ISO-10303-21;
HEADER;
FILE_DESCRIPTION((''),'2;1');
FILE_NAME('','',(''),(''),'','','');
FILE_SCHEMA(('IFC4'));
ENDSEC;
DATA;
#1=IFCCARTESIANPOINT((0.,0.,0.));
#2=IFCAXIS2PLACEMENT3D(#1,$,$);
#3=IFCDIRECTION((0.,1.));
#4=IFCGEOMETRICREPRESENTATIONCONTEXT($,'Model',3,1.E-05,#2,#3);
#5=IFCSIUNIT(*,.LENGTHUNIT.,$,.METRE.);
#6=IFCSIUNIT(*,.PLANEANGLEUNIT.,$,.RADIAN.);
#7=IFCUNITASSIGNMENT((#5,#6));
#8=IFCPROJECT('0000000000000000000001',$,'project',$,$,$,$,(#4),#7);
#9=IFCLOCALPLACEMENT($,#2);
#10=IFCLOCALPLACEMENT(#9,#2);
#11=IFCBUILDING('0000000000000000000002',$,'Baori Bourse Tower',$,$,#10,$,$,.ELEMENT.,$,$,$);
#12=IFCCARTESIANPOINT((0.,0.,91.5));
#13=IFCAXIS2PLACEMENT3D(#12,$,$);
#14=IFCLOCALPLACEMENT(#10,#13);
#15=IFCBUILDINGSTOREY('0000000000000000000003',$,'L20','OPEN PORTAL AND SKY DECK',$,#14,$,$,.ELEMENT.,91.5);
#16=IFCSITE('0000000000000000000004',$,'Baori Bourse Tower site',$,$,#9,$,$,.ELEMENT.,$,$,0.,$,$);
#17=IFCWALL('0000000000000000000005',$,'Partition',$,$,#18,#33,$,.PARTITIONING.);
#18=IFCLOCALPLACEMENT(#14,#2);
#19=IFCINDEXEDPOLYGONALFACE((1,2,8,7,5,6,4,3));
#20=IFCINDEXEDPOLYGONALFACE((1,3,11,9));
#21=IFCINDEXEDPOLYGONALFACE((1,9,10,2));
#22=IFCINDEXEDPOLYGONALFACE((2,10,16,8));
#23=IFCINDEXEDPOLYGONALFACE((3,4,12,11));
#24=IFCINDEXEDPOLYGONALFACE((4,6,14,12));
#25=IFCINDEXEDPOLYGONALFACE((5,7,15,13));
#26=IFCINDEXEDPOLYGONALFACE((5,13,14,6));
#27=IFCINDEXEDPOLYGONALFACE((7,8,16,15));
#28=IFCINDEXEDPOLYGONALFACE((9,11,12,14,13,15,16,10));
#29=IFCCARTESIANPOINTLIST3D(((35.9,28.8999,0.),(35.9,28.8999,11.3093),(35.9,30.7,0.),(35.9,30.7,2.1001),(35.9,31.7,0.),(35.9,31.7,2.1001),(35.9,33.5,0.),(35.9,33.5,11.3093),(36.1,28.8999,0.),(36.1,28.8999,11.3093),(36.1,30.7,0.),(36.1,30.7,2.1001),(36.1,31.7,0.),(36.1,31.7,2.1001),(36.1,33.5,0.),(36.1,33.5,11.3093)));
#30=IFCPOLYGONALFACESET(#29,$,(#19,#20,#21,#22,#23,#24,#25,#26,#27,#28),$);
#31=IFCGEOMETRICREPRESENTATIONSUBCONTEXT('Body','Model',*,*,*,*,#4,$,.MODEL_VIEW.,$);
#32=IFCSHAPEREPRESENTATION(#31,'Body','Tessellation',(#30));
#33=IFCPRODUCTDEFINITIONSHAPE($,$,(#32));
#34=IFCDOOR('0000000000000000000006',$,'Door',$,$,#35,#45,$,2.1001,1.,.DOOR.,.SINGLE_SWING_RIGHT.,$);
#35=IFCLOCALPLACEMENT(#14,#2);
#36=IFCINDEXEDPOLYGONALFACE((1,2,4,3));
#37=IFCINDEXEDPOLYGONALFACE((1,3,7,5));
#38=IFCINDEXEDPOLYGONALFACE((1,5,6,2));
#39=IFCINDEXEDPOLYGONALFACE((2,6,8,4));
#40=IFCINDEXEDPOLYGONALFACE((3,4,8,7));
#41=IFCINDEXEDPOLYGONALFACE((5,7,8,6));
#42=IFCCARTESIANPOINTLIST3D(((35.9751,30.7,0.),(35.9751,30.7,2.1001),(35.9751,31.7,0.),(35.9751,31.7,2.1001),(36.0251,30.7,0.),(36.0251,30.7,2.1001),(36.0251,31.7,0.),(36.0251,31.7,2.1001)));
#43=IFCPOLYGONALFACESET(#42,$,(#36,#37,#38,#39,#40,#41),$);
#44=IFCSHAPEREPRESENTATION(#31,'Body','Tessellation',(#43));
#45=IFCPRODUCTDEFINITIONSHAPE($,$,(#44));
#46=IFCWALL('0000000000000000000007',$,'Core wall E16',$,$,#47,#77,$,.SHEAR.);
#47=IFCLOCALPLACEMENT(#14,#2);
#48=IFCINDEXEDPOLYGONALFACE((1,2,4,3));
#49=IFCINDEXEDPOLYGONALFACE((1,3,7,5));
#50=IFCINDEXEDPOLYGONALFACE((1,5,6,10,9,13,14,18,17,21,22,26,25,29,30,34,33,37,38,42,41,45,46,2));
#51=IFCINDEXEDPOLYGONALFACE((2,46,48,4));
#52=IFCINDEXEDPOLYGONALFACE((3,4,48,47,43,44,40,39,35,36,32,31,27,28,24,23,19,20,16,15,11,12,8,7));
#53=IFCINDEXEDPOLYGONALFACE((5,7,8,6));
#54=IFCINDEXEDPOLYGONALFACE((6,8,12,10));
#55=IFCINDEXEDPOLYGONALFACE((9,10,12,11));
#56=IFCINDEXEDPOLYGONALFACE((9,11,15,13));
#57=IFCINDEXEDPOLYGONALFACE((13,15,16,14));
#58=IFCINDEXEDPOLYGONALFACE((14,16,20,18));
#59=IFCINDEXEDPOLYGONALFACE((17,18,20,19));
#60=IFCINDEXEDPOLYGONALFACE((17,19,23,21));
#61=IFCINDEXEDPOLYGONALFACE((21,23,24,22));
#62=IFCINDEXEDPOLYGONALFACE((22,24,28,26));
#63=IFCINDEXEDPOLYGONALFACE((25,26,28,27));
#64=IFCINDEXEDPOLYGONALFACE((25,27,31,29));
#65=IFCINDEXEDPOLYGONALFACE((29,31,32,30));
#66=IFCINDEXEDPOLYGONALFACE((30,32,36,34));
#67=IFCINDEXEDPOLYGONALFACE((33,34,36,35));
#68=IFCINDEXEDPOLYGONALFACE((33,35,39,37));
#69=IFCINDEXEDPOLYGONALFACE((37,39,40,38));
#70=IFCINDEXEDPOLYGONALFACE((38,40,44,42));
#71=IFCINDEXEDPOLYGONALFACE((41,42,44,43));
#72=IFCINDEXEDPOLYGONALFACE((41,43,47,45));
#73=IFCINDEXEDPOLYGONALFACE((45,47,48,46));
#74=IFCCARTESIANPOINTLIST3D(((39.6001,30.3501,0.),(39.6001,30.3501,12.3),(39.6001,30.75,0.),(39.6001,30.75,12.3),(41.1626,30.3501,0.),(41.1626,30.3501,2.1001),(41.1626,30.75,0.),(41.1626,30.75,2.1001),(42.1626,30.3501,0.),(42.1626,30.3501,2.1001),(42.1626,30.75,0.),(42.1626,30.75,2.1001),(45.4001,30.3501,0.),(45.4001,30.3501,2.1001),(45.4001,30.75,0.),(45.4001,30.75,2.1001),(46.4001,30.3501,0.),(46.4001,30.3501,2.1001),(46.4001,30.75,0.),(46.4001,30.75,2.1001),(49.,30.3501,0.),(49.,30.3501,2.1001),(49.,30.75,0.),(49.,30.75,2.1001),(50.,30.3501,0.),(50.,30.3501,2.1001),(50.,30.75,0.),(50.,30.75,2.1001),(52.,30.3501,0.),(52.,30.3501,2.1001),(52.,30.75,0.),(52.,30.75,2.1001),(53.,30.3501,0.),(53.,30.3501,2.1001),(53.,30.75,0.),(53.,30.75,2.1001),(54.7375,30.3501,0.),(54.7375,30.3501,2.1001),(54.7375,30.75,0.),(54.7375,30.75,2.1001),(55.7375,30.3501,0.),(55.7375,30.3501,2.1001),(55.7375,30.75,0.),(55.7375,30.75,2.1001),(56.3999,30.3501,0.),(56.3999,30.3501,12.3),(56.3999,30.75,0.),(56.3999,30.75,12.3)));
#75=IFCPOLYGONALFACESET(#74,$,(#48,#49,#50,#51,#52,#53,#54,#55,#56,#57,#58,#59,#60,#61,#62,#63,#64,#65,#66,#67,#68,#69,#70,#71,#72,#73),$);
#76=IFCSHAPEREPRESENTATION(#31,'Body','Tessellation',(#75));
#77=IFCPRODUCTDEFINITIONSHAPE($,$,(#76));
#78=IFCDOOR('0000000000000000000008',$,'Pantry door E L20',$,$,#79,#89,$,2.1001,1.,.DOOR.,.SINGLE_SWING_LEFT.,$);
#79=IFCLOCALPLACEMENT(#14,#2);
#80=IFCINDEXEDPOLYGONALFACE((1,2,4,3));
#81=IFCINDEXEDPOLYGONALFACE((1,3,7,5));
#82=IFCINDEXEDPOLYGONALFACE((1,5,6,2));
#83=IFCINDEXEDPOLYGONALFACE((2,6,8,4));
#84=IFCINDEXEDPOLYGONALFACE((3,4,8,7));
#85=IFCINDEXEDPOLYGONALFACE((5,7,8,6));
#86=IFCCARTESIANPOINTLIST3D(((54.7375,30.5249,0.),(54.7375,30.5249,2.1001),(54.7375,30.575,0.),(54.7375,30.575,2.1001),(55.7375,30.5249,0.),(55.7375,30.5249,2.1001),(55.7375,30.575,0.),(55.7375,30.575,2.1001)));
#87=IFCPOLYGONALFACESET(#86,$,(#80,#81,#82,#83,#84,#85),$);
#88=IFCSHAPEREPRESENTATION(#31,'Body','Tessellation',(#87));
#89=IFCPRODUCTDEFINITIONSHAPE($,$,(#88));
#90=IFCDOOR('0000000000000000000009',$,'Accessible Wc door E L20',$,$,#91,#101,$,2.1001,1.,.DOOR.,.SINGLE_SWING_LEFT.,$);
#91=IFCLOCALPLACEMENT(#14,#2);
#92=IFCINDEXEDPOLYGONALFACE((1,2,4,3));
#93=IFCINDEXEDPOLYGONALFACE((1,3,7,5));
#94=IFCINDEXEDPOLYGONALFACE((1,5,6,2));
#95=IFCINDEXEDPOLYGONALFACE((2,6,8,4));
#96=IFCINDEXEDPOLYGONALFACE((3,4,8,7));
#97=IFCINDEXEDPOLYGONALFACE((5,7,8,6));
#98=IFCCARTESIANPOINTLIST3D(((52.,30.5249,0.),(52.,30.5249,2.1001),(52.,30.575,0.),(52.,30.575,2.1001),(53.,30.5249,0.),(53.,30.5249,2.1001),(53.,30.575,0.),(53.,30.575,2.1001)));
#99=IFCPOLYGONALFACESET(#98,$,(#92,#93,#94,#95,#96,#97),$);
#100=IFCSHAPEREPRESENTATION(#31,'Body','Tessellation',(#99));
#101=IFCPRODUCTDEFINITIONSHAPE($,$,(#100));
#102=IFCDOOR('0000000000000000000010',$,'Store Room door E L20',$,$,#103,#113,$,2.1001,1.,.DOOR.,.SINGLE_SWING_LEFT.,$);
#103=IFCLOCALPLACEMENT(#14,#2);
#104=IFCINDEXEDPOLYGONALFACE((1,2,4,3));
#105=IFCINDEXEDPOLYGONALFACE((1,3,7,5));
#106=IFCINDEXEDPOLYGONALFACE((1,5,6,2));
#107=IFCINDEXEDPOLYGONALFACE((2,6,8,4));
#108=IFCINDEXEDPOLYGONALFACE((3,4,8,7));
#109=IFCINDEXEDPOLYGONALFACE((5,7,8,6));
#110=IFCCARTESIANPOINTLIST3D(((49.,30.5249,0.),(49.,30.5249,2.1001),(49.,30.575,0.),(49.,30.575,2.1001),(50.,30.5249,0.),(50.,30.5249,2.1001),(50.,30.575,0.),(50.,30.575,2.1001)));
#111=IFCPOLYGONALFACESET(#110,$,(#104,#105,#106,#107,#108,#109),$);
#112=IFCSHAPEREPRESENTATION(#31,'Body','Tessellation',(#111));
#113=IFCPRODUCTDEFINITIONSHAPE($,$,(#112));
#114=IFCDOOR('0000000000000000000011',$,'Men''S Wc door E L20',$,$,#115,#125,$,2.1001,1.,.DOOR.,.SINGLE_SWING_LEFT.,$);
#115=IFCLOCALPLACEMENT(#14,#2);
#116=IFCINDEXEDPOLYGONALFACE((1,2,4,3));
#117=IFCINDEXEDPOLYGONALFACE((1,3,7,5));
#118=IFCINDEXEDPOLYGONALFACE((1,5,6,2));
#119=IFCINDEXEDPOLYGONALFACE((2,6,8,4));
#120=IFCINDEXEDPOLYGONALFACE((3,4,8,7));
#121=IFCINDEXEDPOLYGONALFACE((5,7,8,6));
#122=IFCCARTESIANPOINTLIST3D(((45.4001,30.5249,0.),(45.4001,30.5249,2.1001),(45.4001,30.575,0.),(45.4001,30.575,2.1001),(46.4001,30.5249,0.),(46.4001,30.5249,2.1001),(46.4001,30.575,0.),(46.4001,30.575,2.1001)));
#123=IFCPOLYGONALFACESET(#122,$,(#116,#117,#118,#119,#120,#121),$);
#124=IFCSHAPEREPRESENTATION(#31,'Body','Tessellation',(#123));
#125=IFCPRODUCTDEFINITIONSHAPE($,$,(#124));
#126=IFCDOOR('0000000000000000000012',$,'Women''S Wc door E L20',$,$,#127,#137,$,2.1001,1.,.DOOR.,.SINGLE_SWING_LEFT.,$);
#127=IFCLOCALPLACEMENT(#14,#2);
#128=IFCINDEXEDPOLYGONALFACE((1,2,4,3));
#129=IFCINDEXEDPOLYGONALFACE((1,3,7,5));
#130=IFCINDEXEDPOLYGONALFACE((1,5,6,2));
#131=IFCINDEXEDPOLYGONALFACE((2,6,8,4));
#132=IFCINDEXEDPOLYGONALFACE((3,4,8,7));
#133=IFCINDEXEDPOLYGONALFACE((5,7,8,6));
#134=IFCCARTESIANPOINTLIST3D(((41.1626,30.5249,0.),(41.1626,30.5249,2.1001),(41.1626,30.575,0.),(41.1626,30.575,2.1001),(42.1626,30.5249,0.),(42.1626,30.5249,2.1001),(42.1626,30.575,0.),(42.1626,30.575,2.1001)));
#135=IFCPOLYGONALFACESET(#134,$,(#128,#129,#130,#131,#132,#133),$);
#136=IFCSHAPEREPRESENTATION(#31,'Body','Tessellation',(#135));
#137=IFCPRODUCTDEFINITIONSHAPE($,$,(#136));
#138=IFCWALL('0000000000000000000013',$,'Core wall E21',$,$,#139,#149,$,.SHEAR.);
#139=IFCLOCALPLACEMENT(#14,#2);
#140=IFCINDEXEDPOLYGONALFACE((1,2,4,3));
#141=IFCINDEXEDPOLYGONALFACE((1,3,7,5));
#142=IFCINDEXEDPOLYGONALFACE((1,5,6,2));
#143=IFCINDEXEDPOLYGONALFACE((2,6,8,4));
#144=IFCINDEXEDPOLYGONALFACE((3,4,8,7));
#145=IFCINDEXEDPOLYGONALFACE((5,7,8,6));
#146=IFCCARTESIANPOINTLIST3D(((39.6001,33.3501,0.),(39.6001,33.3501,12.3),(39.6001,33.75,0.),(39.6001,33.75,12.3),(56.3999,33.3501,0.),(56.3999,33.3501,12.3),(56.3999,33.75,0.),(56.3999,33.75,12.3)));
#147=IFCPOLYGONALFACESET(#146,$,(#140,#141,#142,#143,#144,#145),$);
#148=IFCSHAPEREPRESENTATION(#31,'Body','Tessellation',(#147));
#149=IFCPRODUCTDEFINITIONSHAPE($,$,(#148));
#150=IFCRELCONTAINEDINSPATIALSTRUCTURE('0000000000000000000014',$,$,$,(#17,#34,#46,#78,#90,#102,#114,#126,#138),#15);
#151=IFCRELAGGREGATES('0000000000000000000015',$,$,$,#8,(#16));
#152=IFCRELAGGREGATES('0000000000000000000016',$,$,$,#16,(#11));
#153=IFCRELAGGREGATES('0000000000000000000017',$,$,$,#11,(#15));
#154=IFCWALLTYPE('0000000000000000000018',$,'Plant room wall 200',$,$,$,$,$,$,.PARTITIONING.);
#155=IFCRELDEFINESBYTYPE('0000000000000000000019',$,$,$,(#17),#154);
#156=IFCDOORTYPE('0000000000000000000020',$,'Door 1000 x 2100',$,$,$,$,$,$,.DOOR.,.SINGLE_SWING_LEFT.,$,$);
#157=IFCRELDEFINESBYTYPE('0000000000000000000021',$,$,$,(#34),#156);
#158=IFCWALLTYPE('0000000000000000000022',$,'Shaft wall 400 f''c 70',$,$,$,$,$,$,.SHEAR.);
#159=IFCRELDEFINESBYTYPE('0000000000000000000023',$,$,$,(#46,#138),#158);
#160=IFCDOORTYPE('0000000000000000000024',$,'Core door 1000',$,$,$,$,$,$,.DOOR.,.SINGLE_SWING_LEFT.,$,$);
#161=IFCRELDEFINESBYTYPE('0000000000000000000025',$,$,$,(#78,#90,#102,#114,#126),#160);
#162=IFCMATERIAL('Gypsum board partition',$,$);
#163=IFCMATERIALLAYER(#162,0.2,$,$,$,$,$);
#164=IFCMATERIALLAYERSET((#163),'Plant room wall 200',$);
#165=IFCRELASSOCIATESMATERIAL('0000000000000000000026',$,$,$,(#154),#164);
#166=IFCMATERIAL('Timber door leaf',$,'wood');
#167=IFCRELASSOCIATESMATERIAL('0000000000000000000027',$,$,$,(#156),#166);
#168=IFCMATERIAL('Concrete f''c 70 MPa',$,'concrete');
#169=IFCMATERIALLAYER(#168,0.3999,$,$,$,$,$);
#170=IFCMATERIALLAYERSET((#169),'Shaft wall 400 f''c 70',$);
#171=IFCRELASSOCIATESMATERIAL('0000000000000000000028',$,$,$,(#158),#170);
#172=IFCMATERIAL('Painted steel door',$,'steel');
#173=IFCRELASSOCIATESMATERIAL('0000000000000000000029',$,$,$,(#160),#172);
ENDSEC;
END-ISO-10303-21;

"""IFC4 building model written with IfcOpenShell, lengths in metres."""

from ifc_helpers import new_model, si_unit, direction, frame, frame_2d, origin, place, context, subcontext, project, spatial, rectangle, extrude, material, layer, layer_set, type_object, element, fill, save


model = new_model("IFC4")

# Units and contexts
model_context = context("Model", 3, precision=1e-05, world=origin(), true_north=direction((0.0, 1.0)))
body_context = subcontext(model_context, "Body", "Model", "MODEL_VIEW")
ifc_project = project(units=[si_unit("LENGTHUNIT", "METRE"), si_unit("PLANEANGLEUNIT", "RADIAN")], contexts=[model_context])

# Site, building, storey
site_placement = place(None, origin())
site = spatial("IfcSite", under=ifc_project, at=site_placement, Name="Baori Bourse Tower site", CompositionType="ELEMENT", RefElevation=0.0)
building_placement = place(site_placement, origin())
building = spatial("IfcBuilding", under=site, at=building_placement, Name="Baori Bourse Tower", CompositionType="ELEMENT")
storey_placement = place(building_placement, frame((0.0, 0.0, 91.5)))
storey = spatial("IfcBuildingStorey", under=building, at=storey_placement, Name="L20", Description="OPEN PORTAL AND SKY DECK", CompositionType="ELEMENT", Elevation=91.5)

# Shared definitions
ifc_material_1 = material(Name="Gypsum board partition")
ifc_layer_1 = layer(ifc_material_1, 0.2)
ifc_layer_set_1 = layer_set([ifc_layer_1], Name="Plant room wall 200")
wall_type_1 = type_object("IfcWallType", Name="Plant room wall 200", PredefinedType="PARTITIONING", material=ifc_layer_set_1)

# Wall, opening, door
wall_1_placement = place(storey_placement, frame((36.0, 28.8999, 0.0), z_axis=(0.0, 0.0, 1.0), x_axis=(0.0, 1.0, 0.0)))
wall_1 = element("IfcWall", 1, at=wall_1_placement, inside=storey, type_object=wall_type_1, Name="Partition", PredefinedType="PARTITIONING", context=body_context, shape_type="SweptSolid", body=[
    extrude(rectangle(XDim=4.6001, YDim=0.2, at=frame_2d((2.3, 0.0))), origin(), (0.0, 0.0, 1.0), 11.3093),
])
opening_1_placement = place(wall_1_placement, frame((1.8, 0.0, 0.0)))
opening_1 = element("IfcOpeningElement", 2, at=opening_1_placement, cuts=wall_1, PredefinedType="OPENING", context=body_context, shape_type="SweptSolid", body=[
    extrude(rectangle(XDim=1.0, YDim=2.1001, at=frame_2d((0.5, 1.05))), frame((0.0, 0.1099, 0.0), z_axis=(0.0, -1.0, 0.0), x_axis=(1.0, 0.0, 0.0)), (0.0, 0.0, 1.0), 0.22),
])
ifc_material_2 = material(Name="Timber door leaf", Category="wood")
door_type_1 = type_object("IfcDoorType", Name="Door 1000 x 2100", OperationType="SINGLE_SWING_LEFT", PredefinedType="DOOR", material=ifc_material_2)
door_1_placement = place(opening_1_placement, origin())
door_1 = element("IfcDoor", 3, at=door_1_placement, inside=storey, type_object=door_type_1, Name="Door", OperationType="SINGLE_SWING_RIGHT", OverallHeight=2.1001, OverallWidth=1.0, PredefinedType="DOOR", context=body_context, shape_type="SweptSolid", body=[
    extrude(rectangle(XDim=1.0, YDim=2.1001, at=frame_2d((0.5, 1.05))), frame((0.0, 0.0249, 0.0), z_axis=(0.0, -1.0, 0.0), x_axis=(1.0, 0.0, 0.0)), (0.0, 0.0, 1.0), 0.05),
])
fill(opening_1, door_1)

# Wall, openings, doors
ifc_material_3 = material(Name="Concrete f'c 70 MPa", Category="concrete")
ifc_layer_2 = layer(ifc_material_3, 0.3999)
ifc_layer_set_2 = layer_set([ifc_layer_2], Name="Shaft wall 400 f'c 70")
wall_type_2 = type_object("IfcWallType", Name="Shaft wall 400 f'c 70", PredefinedType="SHEAR", material=ifc_layer_set_2)
wall_2_placement = place(storey_placement, frame((39.6001, 30.55, 0.0), z_axis=(0.0, 0.0, 1.0), x_axis=(1.0, 0.0, 0.0)))
wall_2 = element("IfcWall", 4, at=wall_2_placement, inside=storey, type_object=wall_type_2, Name="Core wall E16", PredefinedType="SHEAR", context=body_context, shape_type="SweptSolid", body=[
    extrude(rectangle(XDim=16.7998, YDim=0.3999, at=frame_2d((8.3999, 0.0))), origin(), (0.0, 0.0, 1.0), 12.3),
])
opening_2_placement = place(wall_2_placement, frame((15.1375, 0.0, 0.0)))
opening_2 = element("IfcOpeningElement", 5, at=opening_2_placement, cuts=wall_2, PredefinedType="OPENING", context=body_context, shape_type="SweptSolid", body=[
    extrude(rectangle(XDim=1.0, YDim=2.1001, at=frame_2d((0.5, 1.05))), frame((0.0, 0.21, 0.0), z_axis=(0.0, -1.0, 0.0), x_axis=(1.0, 0.0, 0.0)), (0.0, 0.0, 1.0), 0.4199),
])
opening_3_placement = place(wall_2_placement, frame((12.3999, 0.0, 0.0)))
opening_3 = element("IfcOpeningElement", 6, at=opening_3_placement, cuts=wall_2, PredefinedType="OPENING", context=body_context, shape_type="SweptSolid", body=[
    extrude(rectangle(XDim=1.0, YDim=2.1001, at=frame_2d((0.5, 1.05))), frame((0.0, 0.21, 0.0), z_axis=(0.0, -1.0, 0.0), x_axis=(1.0, 0.0, 0.0)), (0.0, 0.0, 1.0), 0.4199),
])
opening_4_placement = place(wall_2_placement, frame((9.3999, 0.0, 0.0)))
opening_4 = element("IfcOpeningElement", 7, at=opening_4_placement, cuts=wall_2, PredefinedType="OPENING", context=body_context, shape_type="SweptSolid", body=[
    extrude(rectangle(XDim=1.0, YDim=2.1001, at=frame_2d((0.5, 1.05))), frame((0.0, 0.21, 0.0), z_axis=(0.0, -1.0, 0.0), x_axis=(1.0, 0.0, 0.0)), (0.0, 0.0, 1.0), 0.4199),
])
opening_5_placement = place(wall_2_placement, frame((5.8, 0.0, 0.0)))
opening_5 = element("IfcOpeningElement", 8, at=opening_5_placement, cuts=wall_2, PredefinedType="OPENING", context=body_context, shape_type="SweptSolid", body=[
    extrude(rectangle(XDim=1.0, YDim=2.1001, at=frame_2d((0.5, 1.05))), frame((0.0, 0.21, 0.0), z_axis=(0.0, -1.0, 0.0), x_axis=(1.0, 0.0, 0.0)), (0.0, 0.0, 1.0), 0.4199),
])
opening_6_placement = place(wall_2_placement, frame((1.5625, 0.0, 0.0)))
opening_6 = element("IfcOpeningElement", 9, at=opening_6_placement, cuts=wall_2, PredefinedType="OPENING", context=body_context, shape_type="SweptSolid", body=[
    extrude(rectangle(XDim=1.0, YDim=2.1001, at=frame_2d((0.5, 1.05))), frame((0.0, 0.21, 0.0), z_axis=(0.0, -1.0, 0.0), x_axis=(1.0, 0.0, 0.0)), (0.0, 0.0, 1.0), 0.4199),
])
ifc_material_4 = material(Name="Painted steel door", Category="steel")
door_type_2 = type_object("IfcDoorType", Name="Core door 1000", OperationType="SINGLE_SWING_LEFT", PredefinedType="DOOR", material=ifc_material_4)
door_2_placement = place(opening_2_placement, origin())
door_2 = element("IfcDoor", 10, at=door_2_placement, inside=storey, type_object=door_type_2, Name="Pantry door E L20", OperationType="SINGLE_SWING_LEFT", OverallHeight=2.1001, OverallWidth=1.0, PredefinedType="DOOR", context=body_context, shape_type="SweptSolid", body=[
    extrude(rectangle(XDim=1.0, YDim=2.1001, at=frame_2d((0.5, 1.05))), frame((0.0, 0.0249, 0.0), z_axis=(0.0, -1.0, 0.0), x_axis=(1.0, 0.0, 0.0)), (0.0, 0.0, 1.0), 0.05),
])
fill(opening_2, door_2)
door_3_placement = place(opening_3_placement, origin())
door_3 = element("IfcDoor", 11, at=door_3_placement, inside=storey, type_object=door_type_2, Name="Accessible Wc door E L20", OperationType="SINGLE_SWING_LEFT", OverallHeight=2.1001, OverallWidth=1.0, PredefinedType="DOOR", context=body_context, shape_type="SweptSolid", body=[
    extrude(rectangle(XDim=1.0, YDim=2.1001, at=frame_2d((0.5, 1.05))), frame((0.0, 0.0249, 0.0), z_axis=(0.0, -1.0, 0.0), x_axis=(1.0, 0.0, 0.0)), (0.0, 0.0, 1.0), 0.05),
])
fill(opening_3, door_3)
door_4_placement = place(opening_4_placement, origin())
door_4 = element("IfcDoor", 12, at=door_4_placement, inside=storey, type_object=door_type_2, Name="Store Room door E L20", OperationType="SINGLE_SWING_LEFT", OverallHeight=2.1001, OverallWidth=1.0, PredefinedType="DOOR", context=body_context, shape_type="SweptSolid", body=[
    extrude(rectangle(XDim=1.0, YDim=2.1001, at=frame_2d((0.5, 1.05))), frame((0.0, 0.0249, 0.0), z_axis=(0.0, -1.0, 0.0), x_axis=(1.0, 0.0, 0.0)), (0.0, 0.0, 1.0), 0.05),
])
fill(opening_4, door_4)
door_5_placement = place(opening_5_placement, origin())
door_5 = element("IfcDoor", 13, at=door_5_placement, inside=storey, type_object=door_type_2, Name="Men'S Wc door E L20", OperationType="SINGLE_SWING_LEFT", OverallHeight=2.1001, OverallWidth=1.0, PredefinedType="DOOR", context=body_context, shape_type="SweptSolid", body=[
    extrude(rectangle(XDim=1.0, YDim=2.1001, at=frame_2d((0.5, 1.05))), frame((0.0, 0.0249, 0.0), z_axis=(0.0, -1.0, 0.0), x_axis=(1.0, 0.0, 0.0)), (0.0, 0.0, 1.0), 0.05),
])
fill(opening_5, door_5)
door_6_placement = place(opening_6_placement, origin())
door_6 = element("IfcDoor", 14, at=door_6_placement, inside=storey, type_object=door_type_2, Name="Women'S Wc door E L20", OperationType="SINGLE_SWING_LEFT", OverallHeight=2.1001, OverallWidth=1.0, PredefinedType="DOOR", context=body_context, shape_type="SweptSolid", body=[
    extrude(rectangle(XDim=1.0, YDim=2.1001, at=frame_2d((0.5, 1.05))), frame((0.0, 0.0249, 0.0), z_axis=(0.0, -1.0, 0.0), x_axis=(1.0, 0.0, 0.0)), (0.0, 0.0, 1.0), 0.05),
])
fill(opening_6, door_6)

# Wall
wall_3_placement = place(storey_placement, frame((39.6001, 33.55, 0.0), z_axis=(0.0, 0.0, 1.0), x_axis=(1.0, 0.0, 0.0)))
element("IfcWall", 15, at=wall_3_placement, inside=storey, type_object=wall_type_2, Name="Core wall E21", PredefinedType="SHEAR", context=body_context, shape_type="SweptSolid", body=[
    extrude(rectangle(XDim=16.7998, YDim=0.3999, at=frame_2d((8.3999, 0.0))), origin(), (0.0, 0.0, 1.0), 12.3),
])

save(model, "model.ifc")
